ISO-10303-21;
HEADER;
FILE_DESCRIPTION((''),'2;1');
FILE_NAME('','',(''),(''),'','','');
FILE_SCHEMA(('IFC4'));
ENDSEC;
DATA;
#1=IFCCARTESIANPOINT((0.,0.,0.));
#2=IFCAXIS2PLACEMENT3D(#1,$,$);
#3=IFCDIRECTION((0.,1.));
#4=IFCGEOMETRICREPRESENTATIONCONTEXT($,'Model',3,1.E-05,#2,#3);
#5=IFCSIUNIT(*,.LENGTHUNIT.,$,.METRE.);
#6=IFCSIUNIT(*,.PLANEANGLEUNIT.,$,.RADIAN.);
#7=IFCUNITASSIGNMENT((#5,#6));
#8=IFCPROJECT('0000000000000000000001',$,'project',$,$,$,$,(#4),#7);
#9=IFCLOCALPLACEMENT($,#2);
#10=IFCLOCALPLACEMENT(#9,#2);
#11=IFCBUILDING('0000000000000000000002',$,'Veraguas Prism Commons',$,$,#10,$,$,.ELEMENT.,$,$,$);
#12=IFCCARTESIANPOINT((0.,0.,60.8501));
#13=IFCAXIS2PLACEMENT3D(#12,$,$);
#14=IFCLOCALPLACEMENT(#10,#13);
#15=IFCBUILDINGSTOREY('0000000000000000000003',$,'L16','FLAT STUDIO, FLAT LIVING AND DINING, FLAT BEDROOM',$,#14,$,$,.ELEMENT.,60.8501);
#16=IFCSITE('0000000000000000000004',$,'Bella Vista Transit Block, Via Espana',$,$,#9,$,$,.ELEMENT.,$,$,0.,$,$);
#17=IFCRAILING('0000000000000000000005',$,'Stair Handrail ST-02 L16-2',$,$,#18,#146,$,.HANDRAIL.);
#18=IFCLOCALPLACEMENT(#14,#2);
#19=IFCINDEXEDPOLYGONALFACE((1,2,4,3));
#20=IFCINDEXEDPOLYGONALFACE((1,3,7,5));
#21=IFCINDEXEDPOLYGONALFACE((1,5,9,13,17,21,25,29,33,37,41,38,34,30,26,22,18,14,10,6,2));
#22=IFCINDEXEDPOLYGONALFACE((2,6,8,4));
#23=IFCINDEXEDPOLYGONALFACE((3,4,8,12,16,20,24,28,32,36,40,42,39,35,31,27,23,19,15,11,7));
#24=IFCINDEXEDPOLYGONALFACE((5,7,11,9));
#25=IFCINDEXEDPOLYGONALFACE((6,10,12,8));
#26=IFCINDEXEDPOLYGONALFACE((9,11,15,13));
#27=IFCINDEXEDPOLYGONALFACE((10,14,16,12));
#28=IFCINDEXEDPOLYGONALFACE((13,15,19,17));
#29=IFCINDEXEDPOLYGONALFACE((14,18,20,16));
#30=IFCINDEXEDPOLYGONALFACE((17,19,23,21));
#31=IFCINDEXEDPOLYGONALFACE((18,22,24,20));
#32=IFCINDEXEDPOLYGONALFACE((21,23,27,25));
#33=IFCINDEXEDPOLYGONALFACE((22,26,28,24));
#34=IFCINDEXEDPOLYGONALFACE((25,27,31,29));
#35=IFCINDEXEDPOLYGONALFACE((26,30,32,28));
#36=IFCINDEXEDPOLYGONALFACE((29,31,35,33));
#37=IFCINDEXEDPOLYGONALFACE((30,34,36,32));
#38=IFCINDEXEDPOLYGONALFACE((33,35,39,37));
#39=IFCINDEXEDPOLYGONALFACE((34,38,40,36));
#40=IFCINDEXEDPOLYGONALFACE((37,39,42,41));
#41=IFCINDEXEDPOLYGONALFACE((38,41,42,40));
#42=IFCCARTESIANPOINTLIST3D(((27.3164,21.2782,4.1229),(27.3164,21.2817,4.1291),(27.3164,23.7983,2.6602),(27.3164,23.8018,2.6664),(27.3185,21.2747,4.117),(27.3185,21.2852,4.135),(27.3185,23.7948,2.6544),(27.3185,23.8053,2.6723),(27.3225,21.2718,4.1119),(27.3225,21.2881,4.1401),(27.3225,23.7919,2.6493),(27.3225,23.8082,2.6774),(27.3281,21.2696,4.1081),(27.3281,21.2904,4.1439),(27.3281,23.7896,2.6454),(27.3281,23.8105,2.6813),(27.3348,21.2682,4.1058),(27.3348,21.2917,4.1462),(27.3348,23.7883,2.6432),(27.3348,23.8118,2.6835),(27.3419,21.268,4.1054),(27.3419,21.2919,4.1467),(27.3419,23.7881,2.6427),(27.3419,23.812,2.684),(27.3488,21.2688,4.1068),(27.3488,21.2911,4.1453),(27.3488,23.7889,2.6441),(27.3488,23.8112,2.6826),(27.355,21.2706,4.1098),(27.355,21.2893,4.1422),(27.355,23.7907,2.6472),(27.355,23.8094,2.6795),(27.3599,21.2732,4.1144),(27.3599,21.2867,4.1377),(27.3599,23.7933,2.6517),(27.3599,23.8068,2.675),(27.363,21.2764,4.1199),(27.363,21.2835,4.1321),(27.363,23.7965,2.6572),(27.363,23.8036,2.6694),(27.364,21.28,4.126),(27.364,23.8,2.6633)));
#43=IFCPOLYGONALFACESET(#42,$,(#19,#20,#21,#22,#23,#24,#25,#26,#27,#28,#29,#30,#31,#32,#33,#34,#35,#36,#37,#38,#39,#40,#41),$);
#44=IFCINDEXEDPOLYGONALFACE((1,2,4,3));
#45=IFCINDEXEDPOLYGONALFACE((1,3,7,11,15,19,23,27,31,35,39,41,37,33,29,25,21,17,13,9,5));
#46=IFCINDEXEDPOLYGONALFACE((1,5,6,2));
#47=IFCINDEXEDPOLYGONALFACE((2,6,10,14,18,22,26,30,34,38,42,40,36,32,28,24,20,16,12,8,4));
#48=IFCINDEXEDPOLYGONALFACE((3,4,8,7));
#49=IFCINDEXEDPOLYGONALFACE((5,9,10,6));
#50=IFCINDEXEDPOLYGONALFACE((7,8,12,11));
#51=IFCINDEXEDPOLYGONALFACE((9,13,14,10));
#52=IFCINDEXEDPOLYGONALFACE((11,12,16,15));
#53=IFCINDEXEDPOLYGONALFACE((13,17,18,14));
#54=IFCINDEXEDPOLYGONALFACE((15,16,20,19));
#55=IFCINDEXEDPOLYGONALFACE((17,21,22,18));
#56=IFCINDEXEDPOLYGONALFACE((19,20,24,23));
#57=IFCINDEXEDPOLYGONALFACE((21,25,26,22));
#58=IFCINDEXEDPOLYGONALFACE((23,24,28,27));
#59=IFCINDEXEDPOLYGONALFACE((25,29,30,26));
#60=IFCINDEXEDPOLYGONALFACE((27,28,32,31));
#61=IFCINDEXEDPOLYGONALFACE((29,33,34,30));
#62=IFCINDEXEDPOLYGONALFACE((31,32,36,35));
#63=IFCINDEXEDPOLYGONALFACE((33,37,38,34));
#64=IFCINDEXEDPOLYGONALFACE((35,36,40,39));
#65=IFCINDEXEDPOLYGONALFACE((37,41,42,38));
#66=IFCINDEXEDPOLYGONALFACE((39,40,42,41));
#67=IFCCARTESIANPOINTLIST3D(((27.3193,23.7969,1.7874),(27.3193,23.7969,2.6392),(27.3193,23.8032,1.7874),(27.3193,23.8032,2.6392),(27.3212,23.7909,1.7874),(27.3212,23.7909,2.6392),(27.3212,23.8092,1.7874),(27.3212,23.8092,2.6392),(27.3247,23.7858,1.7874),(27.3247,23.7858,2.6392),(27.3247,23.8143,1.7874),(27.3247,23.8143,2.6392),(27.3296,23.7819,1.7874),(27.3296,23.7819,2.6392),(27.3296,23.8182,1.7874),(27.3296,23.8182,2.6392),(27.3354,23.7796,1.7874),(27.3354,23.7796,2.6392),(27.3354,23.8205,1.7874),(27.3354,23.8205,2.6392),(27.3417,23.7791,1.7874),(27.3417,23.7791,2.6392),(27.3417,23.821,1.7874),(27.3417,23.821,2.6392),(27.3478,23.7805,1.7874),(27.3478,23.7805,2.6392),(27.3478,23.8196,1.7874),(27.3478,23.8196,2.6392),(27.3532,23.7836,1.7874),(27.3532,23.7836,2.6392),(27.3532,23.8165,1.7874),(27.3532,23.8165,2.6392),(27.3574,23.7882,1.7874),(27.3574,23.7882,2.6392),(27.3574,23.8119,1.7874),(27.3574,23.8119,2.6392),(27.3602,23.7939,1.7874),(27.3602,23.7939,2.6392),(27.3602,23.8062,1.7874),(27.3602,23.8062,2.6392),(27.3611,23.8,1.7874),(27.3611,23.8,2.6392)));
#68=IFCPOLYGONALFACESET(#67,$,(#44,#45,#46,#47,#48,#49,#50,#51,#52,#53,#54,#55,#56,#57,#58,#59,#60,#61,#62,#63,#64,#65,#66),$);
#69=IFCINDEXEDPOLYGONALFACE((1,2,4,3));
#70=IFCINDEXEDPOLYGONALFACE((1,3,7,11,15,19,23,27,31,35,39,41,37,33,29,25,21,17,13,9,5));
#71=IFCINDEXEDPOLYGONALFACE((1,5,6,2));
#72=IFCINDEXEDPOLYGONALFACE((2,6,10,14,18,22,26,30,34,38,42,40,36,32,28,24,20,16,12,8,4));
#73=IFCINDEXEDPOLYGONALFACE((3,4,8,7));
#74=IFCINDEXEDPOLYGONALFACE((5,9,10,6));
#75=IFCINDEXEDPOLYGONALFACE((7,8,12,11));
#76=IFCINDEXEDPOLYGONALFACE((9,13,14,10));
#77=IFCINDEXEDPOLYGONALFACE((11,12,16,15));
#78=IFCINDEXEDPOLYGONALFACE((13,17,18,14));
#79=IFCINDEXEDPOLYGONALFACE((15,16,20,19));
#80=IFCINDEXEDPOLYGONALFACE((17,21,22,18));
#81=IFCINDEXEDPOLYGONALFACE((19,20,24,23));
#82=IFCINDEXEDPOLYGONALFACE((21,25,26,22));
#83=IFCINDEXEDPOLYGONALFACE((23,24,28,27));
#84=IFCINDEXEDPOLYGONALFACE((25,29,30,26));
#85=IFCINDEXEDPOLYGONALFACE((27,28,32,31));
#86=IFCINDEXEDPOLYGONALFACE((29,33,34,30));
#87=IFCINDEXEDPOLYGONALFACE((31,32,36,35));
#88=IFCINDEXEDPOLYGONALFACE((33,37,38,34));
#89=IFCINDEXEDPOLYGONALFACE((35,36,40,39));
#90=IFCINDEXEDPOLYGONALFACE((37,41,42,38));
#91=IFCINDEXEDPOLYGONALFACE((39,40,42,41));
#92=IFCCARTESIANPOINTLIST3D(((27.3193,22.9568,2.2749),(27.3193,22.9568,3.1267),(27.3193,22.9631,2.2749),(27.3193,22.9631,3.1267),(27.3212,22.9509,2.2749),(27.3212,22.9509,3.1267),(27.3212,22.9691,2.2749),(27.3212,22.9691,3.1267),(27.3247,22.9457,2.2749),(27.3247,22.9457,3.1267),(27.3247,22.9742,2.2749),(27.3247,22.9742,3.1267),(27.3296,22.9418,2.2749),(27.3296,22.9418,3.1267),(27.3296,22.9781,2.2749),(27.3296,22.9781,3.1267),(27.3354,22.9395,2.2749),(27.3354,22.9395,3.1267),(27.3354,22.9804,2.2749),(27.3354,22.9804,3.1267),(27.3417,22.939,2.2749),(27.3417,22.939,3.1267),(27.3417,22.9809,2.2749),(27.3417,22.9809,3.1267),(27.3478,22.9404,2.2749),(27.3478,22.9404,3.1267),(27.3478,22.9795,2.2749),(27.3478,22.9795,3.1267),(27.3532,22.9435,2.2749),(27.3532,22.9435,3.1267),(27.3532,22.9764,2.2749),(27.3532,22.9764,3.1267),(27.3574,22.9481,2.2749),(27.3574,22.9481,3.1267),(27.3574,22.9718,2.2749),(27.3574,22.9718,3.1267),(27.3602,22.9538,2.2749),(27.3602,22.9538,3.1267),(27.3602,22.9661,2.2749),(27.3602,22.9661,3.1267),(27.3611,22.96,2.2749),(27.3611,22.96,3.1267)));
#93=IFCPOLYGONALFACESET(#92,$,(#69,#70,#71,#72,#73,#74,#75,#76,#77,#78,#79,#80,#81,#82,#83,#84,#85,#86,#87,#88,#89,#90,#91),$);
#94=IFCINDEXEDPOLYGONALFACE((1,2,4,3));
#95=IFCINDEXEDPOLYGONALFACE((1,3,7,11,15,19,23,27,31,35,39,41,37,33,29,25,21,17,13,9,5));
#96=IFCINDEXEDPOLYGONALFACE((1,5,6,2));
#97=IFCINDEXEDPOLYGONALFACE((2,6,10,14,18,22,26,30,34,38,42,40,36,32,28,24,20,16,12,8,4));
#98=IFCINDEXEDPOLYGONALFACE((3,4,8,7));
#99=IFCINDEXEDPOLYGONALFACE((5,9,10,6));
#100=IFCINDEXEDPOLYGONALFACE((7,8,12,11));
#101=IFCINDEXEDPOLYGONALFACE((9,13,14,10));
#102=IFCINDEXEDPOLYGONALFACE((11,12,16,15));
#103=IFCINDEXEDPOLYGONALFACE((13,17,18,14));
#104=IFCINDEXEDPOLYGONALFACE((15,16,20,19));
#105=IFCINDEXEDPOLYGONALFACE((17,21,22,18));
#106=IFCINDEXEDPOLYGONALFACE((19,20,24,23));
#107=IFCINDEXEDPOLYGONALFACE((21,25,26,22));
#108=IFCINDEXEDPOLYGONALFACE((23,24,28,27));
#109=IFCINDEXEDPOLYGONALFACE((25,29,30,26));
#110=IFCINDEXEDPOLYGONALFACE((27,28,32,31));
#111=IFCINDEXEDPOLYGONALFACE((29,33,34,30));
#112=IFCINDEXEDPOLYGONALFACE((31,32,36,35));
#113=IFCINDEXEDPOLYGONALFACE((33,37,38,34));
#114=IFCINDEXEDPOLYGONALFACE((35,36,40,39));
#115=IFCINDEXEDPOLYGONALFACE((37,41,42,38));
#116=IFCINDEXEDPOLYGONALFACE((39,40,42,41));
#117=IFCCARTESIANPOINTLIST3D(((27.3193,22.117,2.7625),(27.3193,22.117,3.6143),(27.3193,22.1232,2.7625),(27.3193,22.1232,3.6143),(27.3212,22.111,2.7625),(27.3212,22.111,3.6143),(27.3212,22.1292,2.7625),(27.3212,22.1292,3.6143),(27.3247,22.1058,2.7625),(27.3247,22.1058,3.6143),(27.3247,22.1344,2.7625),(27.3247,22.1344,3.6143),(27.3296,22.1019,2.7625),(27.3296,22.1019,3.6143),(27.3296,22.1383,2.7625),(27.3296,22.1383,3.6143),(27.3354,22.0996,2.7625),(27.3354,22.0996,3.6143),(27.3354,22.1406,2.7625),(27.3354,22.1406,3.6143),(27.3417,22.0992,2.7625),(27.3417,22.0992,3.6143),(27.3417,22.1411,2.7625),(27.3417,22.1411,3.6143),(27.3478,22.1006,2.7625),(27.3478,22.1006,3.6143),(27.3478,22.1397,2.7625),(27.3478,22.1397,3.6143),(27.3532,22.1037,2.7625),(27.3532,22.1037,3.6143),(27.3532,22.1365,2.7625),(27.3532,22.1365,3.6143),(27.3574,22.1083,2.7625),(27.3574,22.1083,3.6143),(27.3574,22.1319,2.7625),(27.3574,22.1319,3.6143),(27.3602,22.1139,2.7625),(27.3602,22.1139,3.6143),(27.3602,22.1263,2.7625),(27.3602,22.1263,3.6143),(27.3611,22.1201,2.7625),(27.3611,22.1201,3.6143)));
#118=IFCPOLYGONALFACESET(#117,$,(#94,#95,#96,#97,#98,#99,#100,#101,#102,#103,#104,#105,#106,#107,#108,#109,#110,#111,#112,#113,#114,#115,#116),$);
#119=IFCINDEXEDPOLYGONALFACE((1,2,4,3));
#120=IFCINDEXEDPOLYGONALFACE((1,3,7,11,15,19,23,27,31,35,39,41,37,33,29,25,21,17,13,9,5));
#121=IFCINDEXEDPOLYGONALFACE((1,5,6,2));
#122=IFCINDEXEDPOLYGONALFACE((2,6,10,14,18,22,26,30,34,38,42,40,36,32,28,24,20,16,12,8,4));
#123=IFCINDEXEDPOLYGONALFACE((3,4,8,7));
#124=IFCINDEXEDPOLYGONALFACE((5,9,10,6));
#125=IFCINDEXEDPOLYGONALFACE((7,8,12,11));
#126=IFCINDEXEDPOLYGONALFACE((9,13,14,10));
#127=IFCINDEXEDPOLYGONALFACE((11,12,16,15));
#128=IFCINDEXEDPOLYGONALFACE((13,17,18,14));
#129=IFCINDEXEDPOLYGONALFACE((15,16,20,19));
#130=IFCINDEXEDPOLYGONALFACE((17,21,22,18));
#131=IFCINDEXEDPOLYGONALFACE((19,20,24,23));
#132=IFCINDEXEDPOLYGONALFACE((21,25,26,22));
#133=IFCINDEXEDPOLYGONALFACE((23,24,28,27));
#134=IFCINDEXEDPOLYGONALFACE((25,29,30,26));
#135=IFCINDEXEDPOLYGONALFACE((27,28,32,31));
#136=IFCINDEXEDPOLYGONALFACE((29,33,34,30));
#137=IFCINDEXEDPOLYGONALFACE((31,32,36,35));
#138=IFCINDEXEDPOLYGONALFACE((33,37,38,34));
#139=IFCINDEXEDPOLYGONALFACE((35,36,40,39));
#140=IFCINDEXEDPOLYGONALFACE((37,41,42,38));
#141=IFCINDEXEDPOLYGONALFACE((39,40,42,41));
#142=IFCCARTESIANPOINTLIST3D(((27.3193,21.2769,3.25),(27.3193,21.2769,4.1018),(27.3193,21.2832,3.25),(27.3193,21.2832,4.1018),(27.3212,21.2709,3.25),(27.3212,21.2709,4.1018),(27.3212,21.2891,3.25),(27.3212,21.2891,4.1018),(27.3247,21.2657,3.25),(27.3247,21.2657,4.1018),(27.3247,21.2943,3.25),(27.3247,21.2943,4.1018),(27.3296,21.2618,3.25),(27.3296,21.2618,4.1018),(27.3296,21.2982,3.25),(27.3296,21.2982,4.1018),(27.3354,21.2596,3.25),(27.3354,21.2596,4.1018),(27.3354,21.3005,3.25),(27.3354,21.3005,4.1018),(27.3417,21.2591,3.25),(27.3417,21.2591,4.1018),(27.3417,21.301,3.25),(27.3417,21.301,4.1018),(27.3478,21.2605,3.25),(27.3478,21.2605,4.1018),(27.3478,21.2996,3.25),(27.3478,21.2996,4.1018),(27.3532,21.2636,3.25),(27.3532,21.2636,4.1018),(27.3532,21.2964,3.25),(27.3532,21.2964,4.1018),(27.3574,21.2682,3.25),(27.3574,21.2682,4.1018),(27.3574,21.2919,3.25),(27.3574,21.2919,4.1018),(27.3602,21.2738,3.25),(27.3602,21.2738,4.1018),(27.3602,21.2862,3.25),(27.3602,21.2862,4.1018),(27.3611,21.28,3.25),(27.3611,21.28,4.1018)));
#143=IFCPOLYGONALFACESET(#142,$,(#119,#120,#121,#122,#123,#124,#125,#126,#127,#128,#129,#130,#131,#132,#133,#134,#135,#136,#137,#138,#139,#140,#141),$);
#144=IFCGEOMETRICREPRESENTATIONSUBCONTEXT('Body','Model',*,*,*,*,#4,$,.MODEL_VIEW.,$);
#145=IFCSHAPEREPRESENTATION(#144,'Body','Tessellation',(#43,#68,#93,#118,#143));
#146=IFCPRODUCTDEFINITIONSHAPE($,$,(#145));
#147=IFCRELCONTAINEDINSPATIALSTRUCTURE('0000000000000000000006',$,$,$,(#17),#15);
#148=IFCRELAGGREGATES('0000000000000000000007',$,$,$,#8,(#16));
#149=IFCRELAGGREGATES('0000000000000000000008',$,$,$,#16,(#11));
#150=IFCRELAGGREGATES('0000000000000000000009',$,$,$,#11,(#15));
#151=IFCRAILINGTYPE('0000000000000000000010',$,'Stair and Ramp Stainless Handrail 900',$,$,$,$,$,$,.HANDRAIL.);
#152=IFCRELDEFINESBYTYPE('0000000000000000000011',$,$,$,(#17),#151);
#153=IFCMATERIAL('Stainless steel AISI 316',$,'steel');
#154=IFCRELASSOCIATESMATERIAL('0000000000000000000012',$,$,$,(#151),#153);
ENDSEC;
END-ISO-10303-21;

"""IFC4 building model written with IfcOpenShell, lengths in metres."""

from ifc_helpers import new_model, si_unit, direction, frame, origin, origin_2d, place, context, subcontext, project, spatial, circle, extrude, material, type_object, element, save


model = new_model("IFC4")

# Units and contexts
model_context = context("Model", 3, precision=1e-05, world=origin(), true_north=direction((0.0, 1.0)))
body_context = subcontext(model_context, "Body", "Model", "MODEL_VIEW")
ifc_project = project(units=[si_unit("LENGTHUNIT", "METRE"), si_unit("PLANEANGLEUNIT", "RADIAN")], contexts=[model_context])

# Site, building, storey
site_placement = place(None, origin())
site = spatial("IfcSite", under=ifc_project, at=site_placement, Name="Bella Vista Transit Block, Via Espana", CompositionType="ELEMENT", RefElevation=0.0)
building_placement = place(site_placement, origin())
building = spatial("IfcBuilding", under=site, at=building_placement, Name="Veraguas Prism Commons", CompositionType="ELEMENT")
storey_placement = place(building_placement, frame((0.0, 0.0, 60.8501)))
storey = spatial("IfcBuildingStorey", under=building, at=storey_placement, Name="L16", Description="FLAT STUDIO, FLAT LIVING AND DINING, FLAT BEDROOM", CompositionType="ELEMENT", Elevation=60.8501)

# Shared definitions
ifc_material_1 = material(Name="Stainless steel AISI 316", Category="steel")

# Railing
railing_type_1 = type_object("IfcRailingType", Name="Stair and Ramp Stainless Handrail 900", PredefinedType="HANDRAIL", material=ifc_material_1)
railing_1_placement = place(storey_placement, frame((27.3401, 23.8, 1.7874)))
element("IfcRailing", 1, at=railing_1_placement, inside=storey, type_object=railing_type_1, Name="Stair Handrail ST-02 L16-2", PredefinedType="HANDRAIL", context=body_context, shape_type="SweptSolid", body=[
    extrude(circle(Radius=0.0239, at=origin_2d()), frame((0.0, 0.0, 0.876), z_axis=(0.0, -0.864877, 0.501984), x_axis=(1.0, 0.0, 0.0)), (0.0, 0.0, 1.0), 2.9138),
    extrude(circle(Radius=0.021, at=origin_2d()), origin(), (0.0, 0.0, 1.0), 0.8518),
    extrude(circle(Radius=0.021, at=origin_2d()), frame((0.0, -0.8401, 0.4875)), (0.0, 0.0, 1.0), 0.8518),
    extrude(circle(Radius=0.021, at=origin_2d()), frame((0.0, -1.6799, 0.9751)), (0.0, 0.0, 1.0), 0.8518),
    extrude(circle(Radius=0.021, at=origin_2d()), frame((0.0, -2.52, 1.4626)), (0.0, 0.0, 1.0), 0.8518),
])

save(model, "model.ifc")
